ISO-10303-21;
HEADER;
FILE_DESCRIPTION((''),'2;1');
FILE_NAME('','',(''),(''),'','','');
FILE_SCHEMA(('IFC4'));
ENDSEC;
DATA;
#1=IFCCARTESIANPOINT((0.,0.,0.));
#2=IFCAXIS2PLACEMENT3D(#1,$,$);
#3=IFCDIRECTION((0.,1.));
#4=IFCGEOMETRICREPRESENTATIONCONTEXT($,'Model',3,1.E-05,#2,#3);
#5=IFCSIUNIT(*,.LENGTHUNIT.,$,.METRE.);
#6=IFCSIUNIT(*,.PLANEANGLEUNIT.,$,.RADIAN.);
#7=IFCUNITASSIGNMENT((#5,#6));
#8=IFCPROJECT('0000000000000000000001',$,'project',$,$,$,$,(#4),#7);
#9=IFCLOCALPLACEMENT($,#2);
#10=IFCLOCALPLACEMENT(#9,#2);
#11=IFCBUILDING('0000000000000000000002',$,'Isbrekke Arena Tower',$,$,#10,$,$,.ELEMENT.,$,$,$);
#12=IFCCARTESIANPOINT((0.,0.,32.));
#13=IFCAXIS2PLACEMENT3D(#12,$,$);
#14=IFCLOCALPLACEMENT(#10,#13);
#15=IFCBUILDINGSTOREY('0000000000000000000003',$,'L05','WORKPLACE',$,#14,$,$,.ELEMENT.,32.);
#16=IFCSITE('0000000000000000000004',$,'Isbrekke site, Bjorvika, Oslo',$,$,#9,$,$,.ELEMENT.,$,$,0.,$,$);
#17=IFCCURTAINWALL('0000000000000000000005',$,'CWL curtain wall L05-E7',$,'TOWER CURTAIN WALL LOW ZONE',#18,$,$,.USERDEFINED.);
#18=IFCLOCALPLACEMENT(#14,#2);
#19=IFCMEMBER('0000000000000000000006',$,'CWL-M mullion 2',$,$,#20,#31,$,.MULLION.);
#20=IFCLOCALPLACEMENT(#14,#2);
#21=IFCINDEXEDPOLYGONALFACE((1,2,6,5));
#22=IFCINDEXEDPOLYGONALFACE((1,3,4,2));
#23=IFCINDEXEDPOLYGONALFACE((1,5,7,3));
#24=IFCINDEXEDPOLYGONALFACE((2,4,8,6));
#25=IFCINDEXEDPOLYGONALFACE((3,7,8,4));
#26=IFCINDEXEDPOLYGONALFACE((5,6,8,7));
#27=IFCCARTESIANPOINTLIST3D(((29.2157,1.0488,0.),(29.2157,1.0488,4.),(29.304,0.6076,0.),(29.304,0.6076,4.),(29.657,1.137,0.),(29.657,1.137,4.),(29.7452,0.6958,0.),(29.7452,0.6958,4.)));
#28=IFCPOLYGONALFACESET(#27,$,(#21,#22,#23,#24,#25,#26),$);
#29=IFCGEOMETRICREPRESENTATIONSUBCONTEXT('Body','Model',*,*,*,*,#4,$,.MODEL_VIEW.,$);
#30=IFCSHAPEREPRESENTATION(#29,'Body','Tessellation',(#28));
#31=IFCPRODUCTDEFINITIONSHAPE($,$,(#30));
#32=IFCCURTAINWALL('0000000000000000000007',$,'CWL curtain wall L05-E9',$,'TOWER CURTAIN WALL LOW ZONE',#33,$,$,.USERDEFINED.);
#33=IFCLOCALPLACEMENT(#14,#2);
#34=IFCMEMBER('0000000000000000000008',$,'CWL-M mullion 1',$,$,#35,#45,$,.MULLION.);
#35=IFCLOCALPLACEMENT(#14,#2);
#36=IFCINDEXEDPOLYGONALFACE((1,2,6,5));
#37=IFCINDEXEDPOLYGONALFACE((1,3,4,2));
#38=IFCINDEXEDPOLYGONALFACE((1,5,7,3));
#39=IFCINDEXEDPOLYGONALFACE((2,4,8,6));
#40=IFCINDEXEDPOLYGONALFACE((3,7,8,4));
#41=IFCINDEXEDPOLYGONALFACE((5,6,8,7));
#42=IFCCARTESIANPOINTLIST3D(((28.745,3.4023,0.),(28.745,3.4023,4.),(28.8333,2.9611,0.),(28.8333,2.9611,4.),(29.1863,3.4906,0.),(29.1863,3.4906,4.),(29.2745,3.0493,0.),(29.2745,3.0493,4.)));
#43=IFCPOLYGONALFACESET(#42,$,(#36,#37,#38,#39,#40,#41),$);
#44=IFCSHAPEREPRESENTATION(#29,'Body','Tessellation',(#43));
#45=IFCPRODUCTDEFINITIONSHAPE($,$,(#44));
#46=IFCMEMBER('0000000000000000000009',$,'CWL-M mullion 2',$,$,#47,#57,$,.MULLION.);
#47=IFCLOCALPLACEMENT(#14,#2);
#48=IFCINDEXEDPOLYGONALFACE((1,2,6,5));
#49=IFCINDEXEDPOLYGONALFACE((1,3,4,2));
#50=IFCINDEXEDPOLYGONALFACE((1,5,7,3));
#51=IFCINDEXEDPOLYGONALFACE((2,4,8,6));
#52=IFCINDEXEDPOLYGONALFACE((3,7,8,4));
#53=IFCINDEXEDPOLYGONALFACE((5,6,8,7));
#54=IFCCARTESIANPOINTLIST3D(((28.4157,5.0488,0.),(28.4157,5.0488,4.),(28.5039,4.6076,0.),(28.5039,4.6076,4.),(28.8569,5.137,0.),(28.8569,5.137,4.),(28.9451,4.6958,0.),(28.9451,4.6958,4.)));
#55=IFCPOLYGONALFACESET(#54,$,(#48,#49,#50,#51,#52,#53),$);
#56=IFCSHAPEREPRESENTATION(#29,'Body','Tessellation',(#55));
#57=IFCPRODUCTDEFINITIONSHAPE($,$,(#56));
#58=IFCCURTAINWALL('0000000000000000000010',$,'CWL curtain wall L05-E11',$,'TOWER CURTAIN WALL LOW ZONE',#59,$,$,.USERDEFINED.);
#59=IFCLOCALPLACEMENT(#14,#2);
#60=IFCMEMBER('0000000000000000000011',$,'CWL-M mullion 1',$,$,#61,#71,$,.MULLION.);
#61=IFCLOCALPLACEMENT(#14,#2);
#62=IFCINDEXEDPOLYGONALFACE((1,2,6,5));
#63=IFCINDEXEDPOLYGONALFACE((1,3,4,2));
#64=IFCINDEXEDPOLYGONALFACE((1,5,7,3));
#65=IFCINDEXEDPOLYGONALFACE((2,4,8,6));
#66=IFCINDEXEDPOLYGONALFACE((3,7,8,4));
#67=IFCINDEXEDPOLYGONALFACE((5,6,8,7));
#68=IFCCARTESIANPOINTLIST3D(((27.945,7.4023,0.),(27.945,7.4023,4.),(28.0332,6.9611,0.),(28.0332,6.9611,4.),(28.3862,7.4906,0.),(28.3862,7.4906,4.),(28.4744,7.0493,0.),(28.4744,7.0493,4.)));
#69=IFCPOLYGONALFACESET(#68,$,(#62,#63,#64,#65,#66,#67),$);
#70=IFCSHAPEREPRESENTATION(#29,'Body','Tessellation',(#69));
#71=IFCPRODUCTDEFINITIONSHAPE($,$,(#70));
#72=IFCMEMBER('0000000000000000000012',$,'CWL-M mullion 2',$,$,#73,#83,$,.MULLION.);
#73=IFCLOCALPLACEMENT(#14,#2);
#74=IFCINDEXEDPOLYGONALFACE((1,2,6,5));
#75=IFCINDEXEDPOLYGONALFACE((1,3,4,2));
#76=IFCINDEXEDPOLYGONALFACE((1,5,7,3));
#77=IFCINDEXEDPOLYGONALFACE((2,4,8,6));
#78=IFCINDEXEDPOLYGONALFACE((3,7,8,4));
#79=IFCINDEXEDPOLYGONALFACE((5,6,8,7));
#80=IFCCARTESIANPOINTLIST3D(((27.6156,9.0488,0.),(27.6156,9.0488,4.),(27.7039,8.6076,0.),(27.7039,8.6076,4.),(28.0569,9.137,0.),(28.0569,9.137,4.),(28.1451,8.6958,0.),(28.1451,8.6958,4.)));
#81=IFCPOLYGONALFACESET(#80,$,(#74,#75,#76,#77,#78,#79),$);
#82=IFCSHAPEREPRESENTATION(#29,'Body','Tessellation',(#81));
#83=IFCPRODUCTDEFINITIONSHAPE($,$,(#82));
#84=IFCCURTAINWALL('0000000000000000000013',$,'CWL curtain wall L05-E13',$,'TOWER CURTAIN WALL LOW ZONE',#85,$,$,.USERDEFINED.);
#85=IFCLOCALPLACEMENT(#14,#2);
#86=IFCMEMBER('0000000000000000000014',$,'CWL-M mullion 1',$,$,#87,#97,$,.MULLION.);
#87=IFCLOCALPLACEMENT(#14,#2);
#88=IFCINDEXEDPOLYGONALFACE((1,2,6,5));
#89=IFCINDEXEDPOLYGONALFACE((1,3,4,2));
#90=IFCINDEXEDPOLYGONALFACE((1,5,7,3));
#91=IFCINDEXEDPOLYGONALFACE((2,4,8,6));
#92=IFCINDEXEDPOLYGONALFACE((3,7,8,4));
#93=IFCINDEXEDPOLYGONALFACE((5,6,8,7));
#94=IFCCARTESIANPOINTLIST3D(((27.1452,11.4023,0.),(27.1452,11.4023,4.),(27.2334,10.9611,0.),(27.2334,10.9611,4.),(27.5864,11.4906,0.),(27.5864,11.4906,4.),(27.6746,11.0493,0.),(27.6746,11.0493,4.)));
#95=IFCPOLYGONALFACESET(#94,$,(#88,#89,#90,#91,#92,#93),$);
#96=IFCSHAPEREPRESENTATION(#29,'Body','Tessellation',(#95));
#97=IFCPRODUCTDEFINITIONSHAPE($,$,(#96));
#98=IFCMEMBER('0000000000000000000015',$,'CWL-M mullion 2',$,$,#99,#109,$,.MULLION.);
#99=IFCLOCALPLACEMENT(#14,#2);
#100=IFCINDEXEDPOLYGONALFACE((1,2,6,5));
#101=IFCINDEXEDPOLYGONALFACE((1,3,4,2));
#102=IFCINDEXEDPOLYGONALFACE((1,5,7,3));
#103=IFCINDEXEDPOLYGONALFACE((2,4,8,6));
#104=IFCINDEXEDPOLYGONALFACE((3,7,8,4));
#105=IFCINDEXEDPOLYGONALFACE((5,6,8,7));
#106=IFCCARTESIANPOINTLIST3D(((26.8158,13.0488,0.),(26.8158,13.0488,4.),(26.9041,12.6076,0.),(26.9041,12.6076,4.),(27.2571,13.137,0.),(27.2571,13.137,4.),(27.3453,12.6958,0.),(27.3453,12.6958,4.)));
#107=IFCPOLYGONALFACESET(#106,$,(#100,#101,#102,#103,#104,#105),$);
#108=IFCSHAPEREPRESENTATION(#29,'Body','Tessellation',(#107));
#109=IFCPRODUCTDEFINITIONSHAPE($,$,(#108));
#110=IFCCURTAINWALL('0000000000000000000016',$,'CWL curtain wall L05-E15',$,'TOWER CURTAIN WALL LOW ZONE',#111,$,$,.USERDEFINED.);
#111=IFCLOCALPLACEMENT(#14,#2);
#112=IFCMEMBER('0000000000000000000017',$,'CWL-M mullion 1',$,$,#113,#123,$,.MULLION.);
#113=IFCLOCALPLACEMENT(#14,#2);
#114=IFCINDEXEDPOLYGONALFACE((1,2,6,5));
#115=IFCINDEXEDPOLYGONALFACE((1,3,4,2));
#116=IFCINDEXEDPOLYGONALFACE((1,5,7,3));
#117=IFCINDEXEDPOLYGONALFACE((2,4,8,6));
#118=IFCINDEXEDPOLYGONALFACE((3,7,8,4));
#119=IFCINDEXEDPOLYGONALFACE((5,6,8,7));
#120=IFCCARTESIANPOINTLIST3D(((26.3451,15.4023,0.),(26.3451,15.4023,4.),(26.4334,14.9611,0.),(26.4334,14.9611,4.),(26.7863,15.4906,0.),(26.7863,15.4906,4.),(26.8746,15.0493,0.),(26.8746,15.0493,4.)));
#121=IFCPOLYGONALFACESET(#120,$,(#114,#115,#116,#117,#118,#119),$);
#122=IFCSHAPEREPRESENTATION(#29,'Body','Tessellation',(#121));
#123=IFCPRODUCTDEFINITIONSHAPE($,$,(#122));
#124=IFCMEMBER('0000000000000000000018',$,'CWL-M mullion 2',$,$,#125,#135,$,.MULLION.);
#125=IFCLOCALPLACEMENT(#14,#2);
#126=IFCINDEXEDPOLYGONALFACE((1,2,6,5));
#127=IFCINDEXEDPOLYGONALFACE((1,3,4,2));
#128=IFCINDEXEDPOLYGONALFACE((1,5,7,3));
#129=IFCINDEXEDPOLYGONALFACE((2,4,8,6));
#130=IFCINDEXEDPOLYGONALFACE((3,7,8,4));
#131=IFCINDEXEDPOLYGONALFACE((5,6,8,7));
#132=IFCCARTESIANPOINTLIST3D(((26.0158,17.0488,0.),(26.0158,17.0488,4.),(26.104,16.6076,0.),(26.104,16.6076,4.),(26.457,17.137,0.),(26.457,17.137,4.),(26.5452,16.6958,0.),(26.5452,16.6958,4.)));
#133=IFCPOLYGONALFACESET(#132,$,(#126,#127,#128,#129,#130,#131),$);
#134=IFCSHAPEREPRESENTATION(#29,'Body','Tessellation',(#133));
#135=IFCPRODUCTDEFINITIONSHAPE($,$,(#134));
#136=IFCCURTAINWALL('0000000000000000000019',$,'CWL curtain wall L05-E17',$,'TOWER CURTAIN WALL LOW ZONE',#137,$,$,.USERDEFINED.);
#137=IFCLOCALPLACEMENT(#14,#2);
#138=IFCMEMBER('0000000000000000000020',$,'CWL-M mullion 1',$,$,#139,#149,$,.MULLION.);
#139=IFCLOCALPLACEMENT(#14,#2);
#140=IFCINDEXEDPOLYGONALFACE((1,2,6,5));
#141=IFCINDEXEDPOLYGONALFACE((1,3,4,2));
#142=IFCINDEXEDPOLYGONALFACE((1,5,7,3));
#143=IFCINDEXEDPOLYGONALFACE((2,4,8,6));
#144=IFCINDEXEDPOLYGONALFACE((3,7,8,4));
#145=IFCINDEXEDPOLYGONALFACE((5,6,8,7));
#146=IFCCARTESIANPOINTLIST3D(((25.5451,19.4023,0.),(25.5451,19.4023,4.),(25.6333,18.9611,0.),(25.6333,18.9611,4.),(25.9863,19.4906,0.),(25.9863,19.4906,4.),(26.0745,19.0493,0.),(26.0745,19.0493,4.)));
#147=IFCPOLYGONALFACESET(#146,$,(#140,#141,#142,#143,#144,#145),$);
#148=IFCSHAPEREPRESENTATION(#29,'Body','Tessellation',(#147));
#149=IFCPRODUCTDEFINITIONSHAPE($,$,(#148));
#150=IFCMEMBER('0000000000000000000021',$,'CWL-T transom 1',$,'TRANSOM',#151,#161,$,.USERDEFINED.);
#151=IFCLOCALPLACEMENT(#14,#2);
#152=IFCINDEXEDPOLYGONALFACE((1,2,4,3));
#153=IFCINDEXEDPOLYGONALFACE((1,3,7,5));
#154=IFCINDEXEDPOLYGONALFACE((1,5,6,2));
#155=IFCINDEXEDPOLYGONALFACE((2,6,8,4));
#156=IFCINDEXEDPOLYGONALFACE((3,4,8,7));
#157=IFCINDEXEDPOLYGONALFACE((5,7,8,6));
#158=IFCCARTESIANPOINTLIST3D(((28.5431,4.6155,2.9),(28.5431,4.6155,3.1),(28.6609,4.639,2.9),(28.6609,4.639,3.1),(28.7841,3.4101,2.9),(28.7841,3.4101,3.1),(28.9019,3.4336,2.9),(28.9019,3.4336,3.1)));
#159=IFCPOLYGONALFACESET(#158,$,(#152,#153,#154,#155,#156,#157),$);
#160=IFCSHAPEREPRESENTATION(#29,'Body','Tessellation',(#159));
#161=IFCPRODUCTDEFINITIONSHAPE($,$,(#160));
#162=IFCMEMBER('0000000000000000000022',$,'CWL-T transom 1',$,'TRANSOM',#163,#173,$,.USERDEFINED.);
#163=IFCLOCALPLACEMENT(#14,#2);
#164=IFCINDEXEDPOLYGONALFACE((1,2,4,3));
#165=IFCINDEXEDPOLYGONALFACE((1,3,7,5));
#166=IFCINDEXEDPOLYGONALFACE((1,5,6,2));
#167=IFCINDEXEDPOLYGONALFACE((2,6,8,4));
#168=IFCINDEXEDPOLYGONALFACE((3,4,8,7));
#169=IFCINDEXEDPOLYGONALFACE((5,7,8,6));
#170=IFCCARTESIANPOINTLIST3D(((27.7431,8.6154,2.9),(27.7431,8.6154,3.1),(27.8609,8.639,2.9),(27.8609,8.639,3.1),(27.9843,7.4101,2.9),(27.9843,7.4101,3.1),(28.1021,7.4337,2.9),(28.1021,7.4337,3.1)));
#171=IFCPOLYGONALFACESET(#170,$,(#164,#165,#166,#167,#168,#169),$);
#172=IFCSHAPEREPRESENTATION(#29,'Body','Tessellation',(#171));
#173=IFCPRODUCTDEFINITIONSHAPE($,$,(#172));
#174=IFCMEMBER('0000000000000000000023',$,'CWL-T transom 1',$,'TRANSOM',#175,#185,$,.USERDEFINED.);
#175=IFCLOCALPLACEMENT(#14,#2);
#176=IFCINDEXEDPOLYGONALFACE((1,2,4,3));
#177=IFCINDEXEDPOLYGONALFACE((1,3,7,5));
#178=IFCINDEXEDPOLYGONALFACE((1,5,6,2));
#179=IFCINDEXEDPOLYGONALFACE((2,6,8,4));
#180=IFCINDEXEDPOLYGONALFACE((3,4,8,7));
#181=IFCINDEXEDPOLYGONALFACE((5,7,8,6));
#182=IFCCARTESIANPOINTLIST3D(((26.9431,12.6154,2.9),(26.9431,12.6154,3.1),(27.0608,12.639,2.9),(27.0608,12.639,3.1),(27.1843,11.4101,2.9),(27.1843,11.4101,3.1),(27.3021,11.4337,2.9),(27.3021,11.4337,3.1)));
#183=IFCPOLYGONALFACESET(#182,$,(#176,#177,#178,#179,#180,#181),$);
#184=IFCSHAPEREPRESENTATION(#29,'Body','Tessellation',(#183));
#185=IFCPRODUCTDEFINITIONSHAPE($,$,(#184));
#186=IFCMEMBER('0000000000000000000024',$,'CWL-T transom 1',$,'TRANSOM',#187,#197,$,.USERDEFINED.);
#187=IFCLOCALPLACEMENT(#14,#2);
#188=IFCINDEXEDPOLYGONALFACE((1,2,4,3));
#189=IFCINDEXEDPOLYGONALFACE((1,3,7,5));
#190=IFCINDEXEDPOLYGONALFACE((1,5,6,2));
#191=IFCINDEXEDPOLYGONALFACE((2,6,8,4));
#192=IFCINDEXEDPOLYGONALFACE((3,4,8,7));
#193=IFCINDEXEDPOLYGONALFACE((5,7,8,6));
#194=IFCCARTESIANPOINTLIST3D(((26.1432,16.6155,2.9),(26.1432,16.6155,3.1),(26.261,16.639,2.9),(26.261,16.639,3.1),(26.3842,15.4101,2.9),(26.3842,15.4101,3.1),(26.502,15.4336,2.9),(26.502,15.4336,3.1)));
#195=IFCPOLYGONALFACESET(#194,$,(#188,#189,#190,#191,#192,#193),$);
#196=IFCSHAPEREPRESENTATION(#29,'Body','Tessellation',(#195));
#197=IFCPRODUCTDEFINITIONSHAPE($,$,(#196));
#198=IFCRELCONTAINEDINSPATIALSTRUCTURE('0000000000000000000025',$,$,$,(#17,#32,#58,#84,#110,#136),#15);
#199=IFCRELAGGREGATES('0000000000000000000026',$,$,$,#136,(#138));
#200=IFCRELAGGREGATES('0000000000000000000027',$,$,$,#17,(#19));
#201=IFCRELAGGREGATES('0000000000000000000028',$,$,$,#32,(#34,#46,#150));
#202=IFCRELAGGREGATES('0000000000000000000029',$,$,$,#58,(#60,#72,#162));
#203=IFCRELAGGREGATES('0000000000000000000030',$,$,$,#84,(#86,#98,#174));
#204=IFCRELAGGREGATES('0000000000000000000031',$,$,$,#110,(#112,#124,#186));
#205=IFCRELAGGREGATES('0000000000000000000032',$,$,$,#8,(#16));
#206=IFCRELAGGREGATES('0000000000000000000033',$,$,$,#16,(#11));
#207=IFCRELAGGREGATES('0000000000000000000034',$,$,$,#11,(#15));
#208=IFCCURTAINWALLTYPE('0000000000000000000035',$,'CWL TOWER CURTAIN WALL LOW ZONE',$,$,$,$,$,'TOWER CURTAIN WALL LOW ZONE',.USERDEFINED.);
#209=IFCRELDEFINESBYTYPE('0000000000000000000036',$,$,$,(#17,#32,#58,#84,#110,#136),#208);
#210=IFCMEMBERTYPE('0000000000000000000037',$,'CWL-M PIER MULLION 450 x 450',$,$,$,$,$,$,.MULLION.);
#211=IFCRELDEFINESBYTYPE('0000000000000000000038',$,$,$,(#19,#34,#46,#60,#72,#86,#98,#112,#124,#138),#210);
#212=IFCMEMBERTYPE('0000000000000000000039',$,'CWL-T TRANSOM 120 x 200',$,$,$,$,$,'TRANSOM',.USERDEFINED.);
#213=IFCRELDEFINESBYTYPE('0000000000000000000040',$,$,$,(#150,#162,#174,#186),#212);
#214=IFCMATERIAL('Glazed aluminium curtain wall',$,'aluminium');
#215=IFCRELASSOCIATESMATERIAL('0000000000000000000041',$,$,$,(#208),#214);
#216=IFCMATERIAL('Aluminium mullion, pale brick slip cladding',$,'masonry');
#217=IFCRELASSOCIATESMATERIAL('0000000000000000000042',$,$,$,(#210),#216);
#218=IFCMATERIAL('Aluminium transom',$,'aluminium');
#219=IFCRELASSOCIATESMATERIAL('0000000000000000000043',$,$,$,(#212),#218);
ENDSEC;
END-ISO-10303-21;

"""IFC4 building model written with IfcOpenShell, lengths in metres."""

from ifc_helpers import new_model, si_unit, direction, frame, origin, origin_2d, place, context, subcontext, project, spatial, rectangle, extrude, material, material_profile, profile_set, type_object, element, aggregate, save


model = new_model("IFC4")

# Units and contexts
model_context = context("Model", 3, precision=1e-05, world=origin(), true_north=direction((0.0, 1.0)))
body_context = subcontext(model_context, "Body", "Model", "MODEL_VIEW")
ifc_project = project(units=[si_unit("LENGTHUNIT", "METRE"), si_unit("PLANEANGLEUNIT", "RADIAN")], contexts=[model_context])

# Site, building, storey
site_placement = place(None, origin())
site = spatial("IfcSite", under=ifc_project, at=site_placement, Name="Isbrekke site, Bjorvika, Oslo", CompositionType="ELEMENT", RefElevation=0.0)
building_placement = place(site_placement, origin())
building = spatial("IfcBuilding", under=site, at=building_placement, Name="Isbrekke Arena Tower", CompositionType="ELEMENT")
storey_placement = place(building_placement, frame((0.0, 0.0, 32.0)))
storey = spatial("IfcBuildingStorey", under=building, at=storey_placement, Name="L05", Description="WORKPLACE", CompositionType="ELEMENT", Elevation=32.0)

# Curtain wall, member
ifc_material_1 = material(Name="Glazed aluminium curtain wall", Category="aluminium")
curtain_wall_type = type_object("IfcCurtainWallType", Name="CWL TOWER CURTAIN WALL LOW ZONE", ElementType="TOWER CURTAIN WALL LOW ZONE", PredefinedType="USERDEFINED", material=ifc_material_1)
curtain_wall_1_placement = place(storey_placement, origin())
curtain_wall_1 = element("IfcCurtainWall", 1, at=curtain_wall_1_placement, inside=storey, type_object=curtain_wall_type, Name="CWL curtain wall L05-E7", ObjectType="TOWER CURTAIN WALL LOW ZONE", PredefinedType="USERDEFINED")
ifc_material_2 = material(Name="Aluminium mullion, pale brick slip cladding", Category="masonry")
ifc_material_profile_1 = material_profile(ifc_material_2, rectangle(XDim=0.45, YDim=0.45, at=origin_2d()), Name="PIER 450X450")
ifc_profile_set_1 = profile_set([ifc_material_profile_1], Name="Aluminium mullion, pale brick slip cladding")
member_type_1 = type_object("IfcMemberType", Name="CWL-M PIER MULLION 450 x 450", PredefinedType="MULLION", material=ifc_profile_set_1)
member_1_placement = place(storey_placement, frame((29.4805, 0.8723, 0.0), z_axis=(0.0, 0.0, 1.0), x_axis=(-0.196116, 0.980581, 0.0)))
member_1 = element("IfcMember", 2, at=member_1_placement, type_object=member_type_1, Name="CWL-M mullion 2", PredefinedType="MULLION", context=body_context, shape_type="SweptSolid", body=[
    extrude(rectangle(XDim=0.45, YDim=0.45, at=origin_2d()), origin(), (0.0, 0.0, 1.0), 4.0),
])

# Curtain walls, members
curtain_wall_2_placement = place(storey_placement, origin())
curtain_wall_2 = element("IfcCurtainWall", 3, at=curtain_wall_2_placement, inside=storey, type_object=curtain_wall_type, Name="CWL curtain wall L05-E9", ObjectType="TOWER CURTAIN WALL LOW ZONE", PredefinedType="USERDEFINED")
member_2_placement = place(storey_placement, frame((29.0098, 3.2258, 0.0), z_axis=(0.0, 0.0, 1.0), x_axis=(-0.196116, 0.980581, 0.0)))
member_2 = element("IfcMember", 4, at=member_2_placement, type_object=member_type_1, Name="CWL-M mullion 1", PredefinedType="MULLION", context=body_context, shape_type="SweptSolid", body=[
    extrude(rectangle(XDim=0.45, YDim=0.45, at=origin_2d()), origin(), (0.0, 0.0, 1.0), 4.0),
])
member_3_placement = place(storey_placement, frame((28.6804, 4.8723, 0.0), z_axis=(0.0, 0.0, 1.0), x_axis=(-0.196116, 0.980581, 0.0)))
member_3 = element("IfcMember", 5, at=member_3_placement, type_object=member_type_1, Name="CWL-M mullion 2", PredefinedType="MULLION", context=body_context, shape_type="SweptSolid", body=[
    extrude(rectangle(XDim=0.45, YDim=0.45, at=origin_2d()), origin(), (0.0, 0.0, 1.0), 4.0),
])
curtain_wall_3_placement = place(storey_placement, origin())
curtain_wall_3 = element("IfcCurtainWall", 6, at=curtain_wall_3_placement, inside=storey, type_object=curtain_wall_type, Name="CWL curtain wall L05-E11", ObjectType="TOWER CURTAIN WALL LOW ZONE", PredefinedType="USERDEFINED")
member_4_placement = place(storey_placement, frame((28.2097, 7.2258, 0.0), z_axis=(0.0, 0.0, 1.0), x_axis=(-0.196116, 0.980581, 0.0)))
member_4 = element("IfcMember", 7, at=member_4_placement, type_object=member_type_1, Name="CWL-M mullion 1", PredefinedType="MULLION", context=body_context, shape_type="SweptSolid", body=[
    extrude(rectangle(XDim=0.45, YDim=0.45, at=origin_2d()), origin(), (0.0, 0.0, 1.0), 4.0),
])
member_5_placement = place(storey_placement, frame((27.8804, 8.8723, 0.0), z_axis=(0.0, 0.0, 1.0), x_axis=(-0.196116, 0.980581, 0.0)))
member_5 = element("IfcMember", 8, at=member_5_placement, type_object=member_type_1, Name="CWL-M mullion 2", PredefinedType="MULLION", context=body_context, shape_type="SweptSolid", body=[
    extrude(rectangle(XDim=0.45, YDim=0.45, at=origin_2d()), origin(), (0.0, 0.0, 1.0), 4.0),
])
curtain_wall_4_placement = place(storey_placement, origin())
curtain_wall_4 = element("IfcCurtainWall", 9, at=curtain_wall_4_placement, inside=storey, type_object=curtain_wall_type, Name="CWL curtain wall L05-E13", ObjectType="TOWER CURTAIN WALL LOW ZONE", PredefinedType="USERDEFINED")
member_6_placement = place(storey_placement, frame((27.4099, 11.2258, 0.0), z_axis=(0.0, 0.0, 1.0), x_axis=(-0.196116, 0.980581, 0.0)))
member_6 = element("IfcMember", 10, at=member_6_placement, type_object=member_type_1, Name="CWL-M mullion 1", PredefinedType="MULLION", context=body_context, shape_type="SweptSolid", body=[
    extrude(rectangle(XDim=0.45, YDim=0.45, at=origin_2d()), origin(), (0.0, 0.0, 1.0), 4.0),
])
member_7_placement = place(storey_placement, frame((27.0806, 12.8723, 0.0), z_axis=(0.0, 0.0, 1.0), x_axis=(-0.196116, 0.980581, 0.0)))
member_7 = element("IfcMember", 11, at=member_7_placement, type_object=member_type_1, Name="CWL-M mullion 2", PredefinedType="MULLION", context=body_context, shape_type="SweptSolid", body=[
    extrude(rectangle(XDim=0.45, YDim=0.45, at=origin_2d()), origin(), (0.0, 0.0, 1.0), 4.0),
])
curtain_wall_5_placement = place(storey_placement, origin())
curtain_wall_5 = element("IfcCurtainWall", 12, at=curtain_wall_5_placement, inside=storey, type_object=curtain_wall_type, Name="CWL curtain wall L05-E15", ObjectType="TOWER CURTAIN WALL LOW ZONE", PredefinedType="USERDEFINED")
member_8_placement = place(storey_placement, frame((26.6099, 15.2258, 0.0), z_axis=(0.0, 0.0, 1.0), x_axis=(-0.196116, 0.980581, 0.0)))
member_8 = element("IfcMember", 13, at=member_8_placement, type_object=member_type_1, Name="CWL-M mullion 1", PredefinedType="MULLION", context=body_context, shape_type="SweptSolid", body=[
    extrude(rectangle(XDim=0.45, YDim=0.45, at=origin_2d()), origin(), (0.0, 0.0, 1.0), 4.0),
])
member_9_placement = place(storey_placement, frame((26.2805, 16.8723, 0.0), z_axis=(0.0, 0.0, 1.0), x_axis=(-0.196116, 0.980581, 0.0)))
member_9 = element("IfcMember", 14, at=member_9_placement, type_object=member_type_1, Name="CWL-M mullion 2", PredefinedType="MULLION", context=body_context, shape_type="SweptSolid", body=[
    extrude(rectangle(XDim=0.45, YDim=0.45, at=origin_2d()), origin(), (0.0, 0.0, 1.0), 4.0),
])

# Curtain wall, member
curtain_wall_6_placement = place(storey_placement, origin())
curtain_wall_6 = element("IfcCurtainWall", 15, at=curtain_wall_6_placement, inside=storey, type_object=curtain_wall_type, Name="CWL curtain wall L05-E17", ObjectType="TOWER CURTAIN WALL LOW ZONE", PredefinedType="USERDEFINED")
member_10_placement = place(storey_placement, frame((25.8098, 19.2258, 0.0), z_axis=(0.0, 0.0, 1.0), x_axis=(-0.196116, 0.980581, 0.0)))
member_10 = element("IfcMember", 16, at=member_10_placement, type_object=member_type_1, Name="CWL-M mullion 1", PredefinedType="MULLION", context=body_context, shape_type="SweptSolid", body=[
    extrude(rectangle(XDim=0.45, YDim=0.45, at=origin_2d()), origin(), (0.0, 0.0, 1.0), 4.0),
])
aggregate(curtain_wall_6, [member_10])

# Members
ifc_material_3 = material(Name="Aluminium transom", Category="aluminium")
ifc_material_profile_2 = material_profile(ifc_material_3, rectangle(XDim=0.1201, YDim=0.2, at=origin_2d()), Name="TRANSOM 120X200")
ifc_profile_set_2 = profile_set([ifc_material_profile_2], Name="Aluminium transom")
member_type_2 = type_object("IfcMemberType", Name="CWL-T TRANSOM 120 x 200", ElementType="TRANSOM", PredefinedType="USERDEFINED", material=ifc_profile_set_2)
member_11_placement = place(storey_placement, frame((28.843, 3.4219, 3.0), z_axis=(-0.19604, 0.980596, 0.0), x_axis=(-0.980596, -0.19604, 0.0)))
member_11 = element("IfcMember", 17, at=member_11_placement, type_object=member_type_2, Name="CWL-T transom 1", ObjectType="TRANSOM", PredefinedType="USERDEFINED", context=body_context, shape_type="SweptSolid", body=[
    extrude(rectangle(XDim=0.1201, YDim=0.2, at=origin_2d()), origin(), (0.0, 0.0, 1.0), 1.2292),
])
member_12_placement = place(storey_placement, frame((28.0432, 7.4219, 3.0), z_axis=(-0.196231, 0.980558, 0.0), x_axis=(-0.980558, -0.196231, 0.0)))
member_12 = element("IfcMember", 18, at=member_12_placement, type_object=member_type_2, Name="CWL-T transom 1", ObjectType="TRANSOM", PredefinedType="USERDEFINED", context=body_context, shape_type="SweptSolid", body=[
    extrude(rectangle(XDim=0.1201, YDim=0.2, at=origin_2d()), origin(), (0.0, 0.0, 1.0), 1.2292),
])
member_13_placement = place(storey_placement, frame((27.2432, 11.4219, 3.0), z_axis=(-0.196231, 0.980558, 0.0), x_axis=(-0.980558, -0.196231, 0.0)))
member_13 = element("IfcMember", 19, at=member_13_placement, type_object=member_type_2, Name="CWL-T transom 1", ObjectType="TRANSOM", PredefinedType="USERDEFINED", context=body_context, shape_type="SweptSolid", body=[
    extrude(rectangle(XDim=0.1201, YDim=0.2, at=origin_2d()), origin(), (0.0, 0.0, 1.0), 1.2292),
])
member_14_placement = place(storey_placement, frame((26.4431, 15.4219, 3.0), z_axis=(-0.19604, 0.980596, 0.0), x_axis=(-0.980596, -0.19604, 0.0)))
member_14 = element("IfcMember", 20, at=member_14_placement, type_object=member_type_2, Name="CWL-T transom 1", ObjectType="TRANSOM", PredefinedType="USERDEFINED", context=body_context, shape_type="SweptSolid", body=[
    extrude(rectangle(XDim=0.1201, YDim=0.2, at=origin_2d()), origin(), (0.0, 0.0, 1.0), 1.2292),
])

aggregate(curtain_wall_1, [member_1])
aggregate(curtain_wall_2, [member_2, member_3, member_11])
aggregate(curtain_wall_3, [member_4, member_5, member_12])
aggregate(curtain_wall_4, [member_6, member_7, member_13])
aggregate(curtain_wall_5, [member_8, member_9, member_14])

save(model, "model.ifc")
